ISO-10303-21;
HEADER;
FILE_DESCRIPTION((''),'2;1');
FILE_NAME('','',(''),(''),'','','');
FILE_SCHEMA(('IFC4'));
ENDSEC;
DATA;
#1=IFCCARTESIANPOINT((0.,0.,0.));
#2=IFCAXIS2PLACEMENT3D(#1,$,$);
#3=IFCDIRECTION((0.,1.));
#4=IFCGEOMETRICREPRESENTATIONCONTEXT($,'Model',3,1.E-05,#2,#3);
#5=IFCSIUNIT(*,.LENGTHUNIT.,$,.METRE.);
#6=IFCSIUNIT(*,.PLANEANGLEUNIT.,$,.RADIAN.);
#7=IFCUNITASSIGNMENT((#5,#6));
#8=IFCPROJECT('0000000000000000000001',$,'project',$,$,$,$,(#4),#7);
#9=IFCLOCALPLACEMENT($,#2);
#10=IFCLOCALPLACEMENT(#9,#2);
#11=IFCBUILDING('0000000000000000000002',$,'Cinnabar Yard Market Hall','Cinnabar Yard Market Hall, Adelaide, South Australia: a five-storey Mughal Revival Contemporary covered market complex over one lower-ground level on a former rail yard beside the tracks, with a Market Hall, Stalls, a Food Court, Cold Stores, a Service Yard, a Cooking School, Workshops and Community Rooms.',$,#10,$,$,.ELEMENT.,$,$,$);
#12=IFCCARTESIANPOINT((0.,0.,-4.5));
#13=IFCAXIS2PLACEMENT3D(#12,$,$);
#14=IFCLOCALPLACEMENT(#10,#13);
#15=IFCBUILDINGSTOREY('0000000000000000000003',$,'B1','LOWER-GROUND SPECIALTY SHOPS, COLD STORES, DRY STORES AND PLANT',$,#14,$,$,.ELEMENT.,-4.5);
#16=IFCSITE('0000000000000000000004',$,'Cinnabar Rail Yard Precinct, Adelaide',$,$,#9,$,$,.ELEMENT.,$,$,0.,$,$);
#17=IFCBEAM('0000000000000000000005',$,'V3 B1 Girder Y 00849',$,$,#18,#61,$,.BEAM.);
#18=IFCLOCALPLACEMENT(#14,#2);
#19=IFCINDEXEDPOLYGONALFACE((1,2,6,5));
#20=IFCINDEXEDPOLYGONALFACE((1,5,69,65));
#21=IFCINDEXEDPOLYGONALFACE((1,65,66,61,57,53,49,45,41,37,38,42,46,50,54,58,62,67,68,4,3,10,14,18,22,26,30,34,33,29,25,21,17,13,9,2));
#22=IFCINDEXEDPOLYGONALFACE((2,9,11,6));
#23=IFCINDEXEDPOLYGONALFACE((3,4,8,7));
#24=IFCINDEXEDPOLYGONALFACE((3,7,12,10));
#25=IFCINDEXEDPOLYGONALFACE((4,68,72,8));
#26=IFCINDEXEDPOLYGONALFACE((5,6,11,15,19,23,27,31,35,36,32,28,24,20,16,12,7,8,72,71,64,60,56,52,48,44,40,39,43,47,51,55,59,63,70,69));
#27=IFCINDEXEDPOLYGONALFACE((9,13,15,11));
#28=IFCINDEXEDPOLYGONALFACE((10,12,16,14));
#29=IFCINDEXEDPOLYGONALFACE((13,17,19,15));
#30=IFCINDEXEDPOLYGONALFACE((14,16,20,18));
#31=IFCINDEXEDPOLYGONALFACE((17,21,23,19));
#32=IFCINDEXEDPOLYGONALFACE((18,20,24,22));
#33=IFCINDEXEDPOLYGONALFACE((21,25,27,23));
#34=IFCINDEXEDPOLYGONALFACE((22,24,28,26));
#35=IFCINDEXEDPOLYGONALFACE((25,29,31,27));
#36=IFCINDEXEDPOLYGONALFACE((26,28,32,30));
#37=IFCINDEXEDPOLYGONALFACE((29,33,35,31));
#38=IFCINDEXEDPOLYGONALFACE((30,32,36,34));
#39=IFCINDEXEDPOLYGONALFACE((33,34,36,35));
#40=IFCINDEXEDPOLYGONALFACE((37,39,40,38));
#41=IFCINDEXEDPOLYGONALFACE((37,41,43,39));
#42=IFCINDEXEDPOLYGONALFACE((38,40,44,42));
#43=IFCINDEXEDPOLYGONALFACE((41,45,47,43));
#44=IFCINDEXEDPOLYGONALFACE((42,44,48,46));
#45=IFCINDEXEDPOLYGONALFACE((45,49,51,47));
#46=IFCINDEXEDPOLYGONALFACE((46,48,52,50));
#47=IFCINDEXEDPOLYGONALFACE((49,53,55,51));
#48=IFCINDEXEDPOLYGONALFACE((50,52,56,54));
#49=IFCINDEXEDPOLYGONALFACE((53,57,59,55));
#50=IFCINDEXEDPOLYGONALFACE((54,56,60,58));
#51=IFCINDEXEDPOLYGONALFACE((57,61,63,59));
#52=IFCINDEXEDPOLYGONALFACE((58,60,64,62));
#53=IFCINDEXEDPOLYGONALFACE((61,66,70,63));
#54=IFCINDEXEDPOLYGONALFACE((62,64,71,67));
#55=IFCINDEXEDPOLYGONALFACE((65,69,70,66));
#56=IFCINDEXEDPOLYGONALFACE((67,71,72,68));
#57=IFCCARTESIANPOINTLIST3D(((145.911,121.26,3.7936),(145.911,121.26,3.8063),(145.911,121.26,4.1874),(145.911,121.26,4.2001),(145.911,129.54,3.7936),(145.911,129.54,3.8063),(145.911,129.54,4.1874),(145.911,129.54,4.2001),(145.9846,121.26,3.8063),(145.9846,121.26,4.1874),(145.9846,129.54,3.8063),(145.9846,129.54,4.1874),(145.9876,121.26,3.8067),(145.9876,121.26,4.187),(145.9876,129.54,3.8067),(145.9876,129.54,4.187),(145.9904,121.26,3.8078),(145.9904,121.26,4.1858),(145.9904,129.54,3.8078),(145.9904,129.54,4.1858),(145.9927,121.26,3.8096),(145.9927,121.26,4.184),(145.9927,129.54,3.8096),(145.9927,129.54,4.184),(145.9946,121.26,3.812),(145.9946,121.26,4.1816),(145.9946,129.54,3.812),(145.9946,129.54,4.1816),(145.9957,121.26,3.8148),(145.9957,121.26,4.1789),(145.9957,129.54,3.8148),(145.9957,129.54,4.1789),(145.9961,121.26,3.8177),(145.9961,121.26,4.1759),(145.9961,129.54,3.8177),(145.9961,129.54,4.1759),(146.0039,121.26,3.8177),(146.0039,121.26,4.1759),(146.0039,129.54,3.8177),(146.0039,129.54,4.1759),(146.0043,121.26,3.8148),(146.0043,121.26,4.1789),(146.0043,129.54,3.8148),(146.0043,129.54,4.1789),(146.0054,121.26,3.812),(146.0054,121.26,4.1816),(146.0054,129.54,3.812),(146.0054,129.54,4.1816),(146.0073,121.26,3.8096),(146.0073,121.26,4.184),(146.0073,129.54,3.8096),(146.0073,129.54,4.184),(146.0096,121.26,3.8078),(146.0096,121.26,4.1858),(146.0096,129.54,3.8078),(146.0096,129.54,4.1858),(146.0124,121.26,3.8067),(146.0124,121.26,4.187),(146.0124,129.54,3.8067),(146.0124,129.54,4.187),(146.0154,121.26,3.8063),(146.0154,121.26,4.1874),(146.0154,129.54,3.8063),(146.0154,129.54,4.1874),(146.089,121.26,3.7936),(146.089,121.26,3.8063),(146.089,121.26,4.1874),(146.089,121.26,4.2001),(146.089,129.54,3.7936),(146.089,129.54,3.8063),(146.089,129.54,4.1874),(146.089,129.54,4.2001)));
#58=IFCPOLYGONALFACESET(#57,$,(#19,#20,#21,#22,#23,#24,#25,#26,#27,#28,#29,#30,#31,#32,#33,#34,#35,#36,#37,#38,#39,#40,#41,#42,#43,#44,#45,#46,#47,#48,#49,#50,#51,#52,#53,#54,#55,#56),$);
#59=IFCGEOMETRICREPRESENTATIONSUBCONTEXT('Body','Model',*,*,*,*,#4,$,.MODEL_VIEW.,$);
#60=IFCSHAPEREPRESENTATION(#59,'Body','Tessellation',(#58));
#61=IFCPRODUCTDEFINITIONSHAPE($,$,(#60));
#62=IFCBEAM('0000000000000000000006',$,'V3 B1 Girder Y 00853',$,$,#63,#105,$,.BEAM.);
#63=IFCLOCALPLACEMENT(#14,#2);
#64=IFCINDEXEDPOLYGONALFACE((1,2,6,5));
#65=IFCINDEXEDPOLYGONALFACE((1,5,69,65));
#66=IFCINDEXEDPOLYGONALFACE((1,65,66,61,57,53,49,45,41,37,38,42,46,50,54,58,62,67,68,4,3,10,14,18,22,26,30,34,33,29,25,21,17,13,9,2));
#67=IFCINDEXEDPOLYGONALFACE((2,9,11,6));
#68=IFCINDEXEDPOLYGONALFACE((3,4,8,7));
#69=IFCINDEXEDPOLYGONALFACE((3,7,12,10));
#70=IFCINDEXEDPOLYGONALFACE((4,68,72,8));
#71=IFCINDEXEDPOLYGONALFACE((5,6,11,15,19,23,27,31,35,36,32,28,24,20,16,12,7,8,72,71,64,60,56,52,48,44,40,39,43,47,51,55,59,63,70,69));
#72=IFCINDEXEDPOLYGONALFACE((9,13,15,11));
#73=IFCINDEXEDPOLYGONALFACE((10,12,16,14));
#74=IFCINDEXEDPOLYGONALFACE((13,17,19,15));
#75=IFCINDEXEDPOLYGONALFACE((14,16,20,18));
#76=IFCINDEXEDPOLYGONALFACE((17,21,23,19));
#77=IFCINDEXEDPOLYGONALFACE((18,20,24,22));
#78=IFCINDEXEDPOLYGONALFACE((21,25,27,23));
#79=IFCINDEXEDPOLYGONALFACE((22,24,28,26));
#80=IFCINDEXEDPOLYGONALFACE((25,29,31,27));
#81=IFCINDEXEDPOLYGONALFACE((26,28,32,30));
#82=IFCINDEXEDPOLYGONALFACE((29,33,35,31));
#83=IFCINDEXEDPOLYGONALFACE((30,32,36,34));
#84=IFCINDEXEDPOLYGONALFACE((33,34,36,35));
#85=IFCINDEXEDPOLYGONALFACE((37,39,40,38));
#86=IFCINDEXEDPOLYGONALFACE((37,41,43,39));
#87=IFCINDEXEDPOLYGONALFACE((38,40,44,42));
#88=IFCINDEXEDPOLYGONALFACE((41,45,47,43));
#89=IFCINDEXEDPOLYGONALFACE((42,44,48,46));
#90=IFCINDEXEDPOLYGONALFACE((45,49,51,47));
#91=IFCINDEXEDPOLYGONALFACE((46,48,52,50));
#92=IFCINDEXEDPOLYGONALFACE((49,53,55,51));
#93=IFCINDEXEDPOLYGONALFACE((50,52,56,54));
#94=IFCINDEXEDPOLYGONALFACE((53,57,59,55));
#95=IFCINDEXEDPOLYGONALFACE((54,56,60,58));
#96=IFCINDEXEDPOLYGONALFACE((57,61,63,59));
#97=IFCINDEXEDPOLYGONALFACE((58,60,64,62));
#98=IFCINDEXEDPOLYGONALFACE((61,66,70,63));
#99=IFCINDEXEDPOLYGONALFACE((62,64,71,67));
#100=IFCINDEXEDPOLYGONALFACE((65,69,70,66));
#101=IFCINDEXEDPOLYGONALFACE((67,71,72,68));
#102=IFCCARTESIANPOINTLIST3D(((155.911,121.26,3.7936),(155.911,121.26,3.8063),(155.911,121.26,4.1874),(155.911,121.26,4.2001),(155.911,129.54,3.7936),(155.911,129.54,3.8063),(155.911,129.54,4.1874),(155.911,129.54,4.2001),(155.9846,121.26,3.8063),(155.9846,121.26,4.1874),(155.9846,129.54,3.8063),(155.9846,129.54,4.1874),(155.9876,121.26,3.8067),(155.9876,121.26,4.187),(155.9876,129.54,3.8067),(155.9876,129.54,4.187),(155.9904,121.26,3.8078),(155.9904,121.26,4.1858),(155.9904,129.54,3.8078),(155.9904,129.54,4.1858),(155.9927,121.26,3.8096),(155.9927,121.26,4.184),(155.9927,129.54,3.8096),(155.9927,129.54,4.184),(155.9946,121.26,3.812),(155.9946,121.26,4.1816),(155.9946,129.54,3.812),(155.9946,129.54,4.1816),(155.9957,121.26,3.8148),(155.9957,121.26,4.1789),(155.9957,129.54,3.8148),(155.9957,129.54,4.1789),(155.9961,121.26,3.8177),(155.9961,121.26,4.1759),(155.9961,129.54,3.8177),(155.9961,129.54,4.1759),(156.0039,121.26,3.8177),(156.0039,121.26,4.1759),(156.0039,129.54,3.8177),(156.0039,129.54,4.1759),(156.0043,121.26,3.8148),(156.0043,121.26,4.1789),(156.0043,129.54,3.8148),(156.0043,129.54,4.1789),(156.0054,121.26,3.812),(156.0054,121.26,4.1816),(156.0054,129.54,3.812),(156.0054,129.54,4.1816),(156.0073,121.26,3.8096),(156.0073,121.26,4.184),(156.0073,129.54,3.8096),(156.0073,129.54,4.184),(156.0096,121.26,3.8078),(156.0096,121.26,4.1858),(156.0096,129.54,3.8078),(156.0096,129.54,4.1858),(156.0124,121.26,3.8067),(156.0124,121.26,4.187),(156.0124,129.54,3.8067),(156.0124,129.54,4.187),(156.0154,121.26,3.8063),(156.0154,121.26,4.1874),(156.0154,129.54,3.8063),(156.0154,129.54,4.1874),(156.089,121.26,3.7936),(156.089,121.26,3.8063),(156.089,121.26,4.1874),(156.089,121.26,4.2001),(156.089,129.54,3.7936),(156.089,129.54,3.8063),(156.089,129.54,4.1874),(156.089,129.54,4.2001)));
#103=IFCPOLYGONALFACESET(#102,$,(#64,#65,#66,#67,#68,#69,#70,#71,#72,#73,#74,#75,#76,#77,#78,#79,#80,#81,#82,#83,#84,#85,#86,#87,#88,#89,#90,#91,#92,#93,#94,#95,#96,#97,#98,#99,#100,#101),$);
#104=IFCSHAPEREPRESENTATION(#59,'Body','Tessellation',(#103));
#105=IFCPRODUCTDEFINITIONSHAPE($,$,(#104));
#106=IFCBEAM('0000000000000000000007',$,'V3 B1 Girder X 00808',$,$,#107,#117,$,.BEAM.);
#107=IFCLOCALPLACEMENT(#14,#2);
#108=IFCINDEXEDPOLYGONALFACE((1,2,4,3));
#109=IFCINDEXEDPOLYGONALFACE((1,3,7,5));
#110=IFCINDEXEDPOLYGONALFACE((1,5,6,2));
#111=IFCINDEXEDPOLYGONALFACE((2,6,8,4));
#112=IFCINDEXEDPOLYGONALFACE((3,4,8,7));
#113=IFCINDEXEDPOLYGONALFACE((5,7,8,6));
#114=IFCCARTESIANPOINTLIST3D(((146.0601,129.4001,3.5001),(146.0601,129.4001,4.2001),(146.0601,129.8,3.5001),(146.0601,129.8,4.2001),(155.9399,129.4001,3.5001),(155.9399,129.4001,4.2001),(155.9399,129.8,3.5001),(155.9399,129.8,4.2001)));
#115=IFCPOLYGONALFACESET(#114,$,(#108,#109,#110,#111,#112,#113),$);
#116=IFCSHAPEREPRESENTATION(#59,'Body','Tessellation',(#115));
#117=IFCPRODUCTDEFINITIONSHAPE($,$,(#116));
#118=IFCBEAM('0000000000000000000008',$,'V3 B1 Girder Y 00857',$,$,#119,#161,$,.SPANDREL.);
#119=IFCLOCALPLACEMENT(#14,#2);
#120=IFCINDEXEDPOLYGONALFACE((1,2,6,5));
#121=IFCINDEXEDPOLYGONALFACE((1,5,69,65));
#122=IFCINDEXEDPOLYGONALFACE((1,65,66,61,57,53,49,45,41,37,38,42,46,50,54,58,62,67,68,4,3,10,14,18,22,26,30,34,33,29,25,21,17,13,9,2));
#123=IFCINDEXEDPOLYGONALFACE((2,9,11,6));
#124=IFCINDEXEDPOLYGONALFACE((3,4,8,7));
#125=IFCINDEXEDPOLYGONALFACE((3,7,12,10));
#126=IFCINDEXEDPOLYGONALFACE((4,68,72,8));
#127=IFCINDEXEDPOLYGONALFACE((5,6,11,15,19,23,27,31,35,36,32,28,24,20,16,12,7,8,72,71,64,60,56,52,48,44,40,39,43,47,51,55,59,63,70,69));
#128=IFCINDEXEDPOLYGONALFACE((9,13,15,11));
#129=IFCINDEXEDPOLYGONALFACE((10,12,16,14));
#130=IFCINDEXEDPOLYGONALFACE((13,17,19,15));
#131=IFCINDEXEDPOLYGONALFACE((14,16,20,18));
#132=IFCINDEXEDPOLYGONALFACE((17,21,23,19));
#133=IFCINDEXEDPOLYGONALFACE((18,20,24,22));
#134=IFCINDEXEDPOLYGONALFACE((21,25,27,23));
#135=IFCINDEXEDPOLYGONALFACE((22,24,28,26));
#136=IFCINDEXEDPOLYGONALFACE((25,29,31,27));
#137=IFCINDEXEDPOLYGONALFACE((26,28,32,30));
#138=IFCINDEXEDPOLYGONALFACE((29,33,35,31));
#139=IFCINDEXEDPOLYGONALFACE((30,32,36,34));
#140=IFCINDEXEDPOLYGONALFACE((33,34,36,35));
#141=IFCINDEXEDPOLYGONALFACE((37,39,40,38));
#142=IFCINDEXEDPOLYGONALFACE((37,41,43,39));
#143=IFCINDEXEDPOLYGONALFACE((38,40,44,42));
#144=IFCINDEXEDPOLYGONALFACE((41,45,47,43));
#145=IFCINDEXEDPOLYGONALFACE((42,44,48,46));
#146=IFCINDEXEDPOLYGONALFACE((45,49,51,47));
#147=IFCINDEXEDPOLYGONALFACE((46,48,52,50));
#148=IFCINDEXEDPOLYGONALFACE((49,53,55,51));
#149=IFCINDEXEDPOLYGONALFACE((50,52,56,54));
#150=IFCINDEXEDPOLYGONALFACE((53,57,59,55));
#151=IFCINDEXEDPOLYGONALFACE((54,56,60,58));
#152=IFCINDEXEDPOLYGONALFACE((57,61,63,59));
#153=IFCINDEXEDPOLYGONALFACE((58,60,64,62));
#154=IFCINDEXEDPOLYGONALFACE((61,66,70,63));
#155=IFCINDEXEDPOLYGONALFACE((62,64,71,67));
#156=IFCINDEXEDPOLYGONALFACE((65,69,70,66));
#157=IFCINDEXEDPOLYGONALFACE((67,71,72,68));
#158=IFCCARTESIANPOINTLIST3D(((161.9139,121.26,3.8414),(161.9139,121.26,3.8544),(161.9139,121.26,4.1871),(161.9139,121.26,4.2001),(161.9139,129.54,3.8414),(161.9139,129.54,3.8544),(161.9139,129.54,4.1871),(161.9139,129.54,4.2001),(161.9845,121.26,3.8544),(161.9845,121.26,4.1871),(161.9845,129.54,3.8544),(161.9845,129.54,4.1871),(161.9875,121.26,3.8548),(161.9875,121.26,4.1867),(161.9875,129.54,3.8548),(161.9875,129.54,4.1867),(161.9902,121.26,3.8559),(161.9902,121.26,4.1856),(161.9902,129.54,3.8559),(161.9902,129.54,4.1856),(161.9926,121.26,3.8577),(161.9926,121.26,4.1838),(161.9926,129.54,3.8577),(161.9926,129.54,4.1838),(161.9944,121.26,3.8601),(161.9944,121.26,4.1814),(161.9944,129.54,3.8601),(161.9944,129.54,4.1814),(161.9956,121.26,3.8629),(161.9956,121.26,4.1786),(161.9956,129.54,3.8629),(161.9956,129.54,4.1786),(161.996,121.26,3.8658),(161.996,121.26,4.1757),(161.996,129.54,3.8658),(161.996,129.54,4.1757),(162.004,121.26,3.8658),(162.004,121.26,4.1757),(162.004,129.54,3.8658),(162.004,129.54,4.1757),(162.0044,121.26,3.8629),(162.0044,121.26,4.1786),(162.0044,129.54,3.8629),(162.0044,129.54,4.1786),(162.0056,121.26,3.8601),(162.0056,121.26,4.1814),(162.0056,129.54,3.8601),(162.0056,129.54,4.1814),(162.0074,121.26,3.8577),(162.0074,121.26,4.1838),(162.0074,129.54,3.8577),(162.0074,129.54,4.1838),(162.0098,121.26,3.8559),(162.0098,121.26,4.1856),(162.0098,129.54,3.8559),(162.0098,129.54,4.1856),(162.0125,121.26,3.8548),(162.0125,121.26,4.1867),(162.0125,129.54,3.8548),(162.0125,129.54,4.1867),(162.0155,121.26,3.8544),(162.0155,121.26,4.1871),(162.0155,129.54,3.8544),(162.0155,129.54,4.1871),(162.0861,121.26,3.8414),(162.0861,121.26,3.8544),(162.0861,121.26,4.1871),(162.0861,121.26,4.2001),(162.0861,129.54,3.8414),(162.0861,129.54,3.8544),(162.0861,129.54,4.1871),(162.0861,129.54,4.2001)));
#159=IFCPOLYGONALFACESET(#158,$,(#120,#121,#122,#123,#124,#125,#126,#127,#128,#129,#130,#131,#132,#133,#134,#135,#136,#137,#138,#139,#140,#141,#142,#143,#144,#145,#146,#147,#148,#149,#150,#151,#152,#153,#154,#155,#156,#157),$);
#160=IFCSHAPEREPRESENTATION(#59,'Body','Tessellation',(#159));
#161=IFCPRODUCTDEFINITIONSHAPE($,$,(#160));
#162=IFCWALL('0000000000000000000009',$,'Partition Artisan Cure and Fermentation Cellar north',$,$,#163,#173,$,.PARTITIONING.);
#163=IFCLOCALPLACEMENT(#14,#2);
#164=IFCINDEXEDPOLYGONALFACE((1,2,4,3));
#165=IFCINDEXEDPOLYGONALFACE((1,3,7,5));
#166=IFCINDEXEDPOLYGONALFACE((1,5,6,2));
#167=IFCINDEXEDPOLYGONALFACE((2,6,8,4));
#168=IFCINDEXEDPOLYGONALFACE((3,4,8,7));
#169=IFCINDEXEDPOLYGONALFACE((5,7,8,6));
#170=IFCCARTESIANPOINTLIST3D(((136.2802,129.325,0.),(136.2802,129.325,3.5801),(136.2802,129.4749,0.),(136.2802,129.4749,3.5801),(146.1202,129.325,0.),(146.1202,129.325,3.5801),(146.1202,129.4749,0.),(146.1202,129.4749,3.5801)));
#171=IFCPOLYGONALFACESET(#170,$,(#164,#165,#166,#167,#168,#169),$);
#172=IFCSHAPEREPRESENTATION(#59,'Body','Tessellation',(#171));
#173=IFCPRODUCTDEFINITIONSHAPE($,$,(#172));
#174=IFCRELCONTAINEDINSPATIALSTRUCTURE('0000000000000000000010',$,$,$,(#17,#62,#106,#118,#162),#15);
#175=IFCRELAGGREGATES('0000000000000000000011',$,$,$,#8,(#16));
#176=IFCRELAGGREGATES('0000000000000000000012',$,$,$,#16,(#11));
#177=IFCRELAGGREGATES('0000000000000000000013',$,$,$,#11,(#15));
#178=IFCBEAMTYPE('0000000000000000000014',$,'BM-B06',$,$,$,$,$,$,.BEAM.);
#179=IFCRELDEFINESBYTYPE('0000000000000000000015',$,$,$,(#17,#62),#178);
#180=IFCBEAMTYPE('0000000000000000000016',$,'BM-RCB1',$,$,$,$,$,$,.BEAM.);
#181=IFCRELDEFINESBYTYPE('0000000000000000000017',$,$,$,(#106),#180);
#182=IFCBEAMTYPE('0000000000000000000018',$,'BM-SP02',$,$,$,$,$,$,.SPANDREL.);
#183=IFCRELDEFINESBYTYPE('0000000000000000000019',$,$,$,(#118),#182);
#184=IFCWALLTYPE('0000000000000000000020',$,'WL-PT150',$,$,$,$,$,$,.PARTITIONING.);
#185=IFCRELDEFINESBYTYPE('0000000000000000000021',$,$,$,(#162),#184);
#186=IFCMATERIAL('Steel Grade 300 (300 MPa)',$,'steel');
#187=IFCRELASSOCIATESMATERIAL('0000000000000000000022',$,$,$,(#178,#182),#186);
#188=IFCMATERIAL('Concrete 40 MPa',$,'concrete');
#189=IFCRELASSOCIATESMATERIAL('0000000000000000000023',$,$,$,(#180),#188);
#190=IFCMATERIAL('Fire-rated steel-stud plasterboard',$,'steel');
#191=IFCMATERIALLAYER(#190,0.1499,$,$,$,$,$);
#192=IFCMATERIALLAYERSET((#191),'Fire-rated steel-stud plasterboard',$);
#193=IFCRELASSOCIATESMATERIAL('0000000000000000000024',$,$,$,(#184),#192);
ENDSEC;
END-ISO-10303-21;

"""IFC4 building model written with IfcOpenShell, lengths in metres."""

from ifc_helpers import new_model, si_unit, direction, frame, frame_2d, origin, origin_2d_with_axis, place, context, subcontext, project, spatial, rectangle, i_section, extrude, material, layer, layer_set, material_profile, profile_set, type_object, element, save


model = new_model("IFC4")

# Units and contexts
model_context = context("Model", 3, precision=1e-05, world=origin(), true_north=direction((0.0, 1.0)))
body_context = subcontext(model_context, "Body", "Model", "MODEL_VIEW")
ifc_project = project(units=[si_unit("LENGTHUNIT", "METRE"), si_unit("PLANEANGLEUNIT", "RADIAN")], contexts=[model_context])

# Site, building, storey
site_placement = place(None, origin())
site = spatial("IfcSite", under=ifc_project, at=site_placement, Name="Cinnabar Rail Yard Precinct, Adelaide", CompositionType="ELEMENT", RefElevation=0.0)
building_placement = place(site_placement, origin())
building = spatial("IfcBuilding", under=site, at=building_placement, Name="Cinnabar Yard Market Hall", Description="Cinnabar Yard Market Hall, Adelaide, South Australia: a five-storey Mughal Revival Contemporary covered market complex over one lower-ground level on a former rail yard beside the tracks, with a Market Hall, Stalls, a Food Court, Cold Stores, a Service Yard, a Cooking School, Workshops and Community Rooms.", CompositionType="ELEMENT")
storey_placement = place(building_placement, frame((0.0, 0.0, -4.5)))
storey = spatial("IfcBuildingStorey", under=building, at=storey_placement, Name="B1", Description="LOWER-GROUND SPECIALTY SHOPS, COLD STORES, DRY STORES AND PLANT", CompositionType="ELEMENT", Elevation=-4.5)

# Shared definitions
ifc_material_1 = material(Name="Concrete 40 MPa", Category="concrete")

# Shared definitions
ifc_material_2 = material(Name="Steel Grade 300 (300 MPa)", Category="steel")

# Beams
ifc_material_profile_1 = material_profile(ifc_material_2, i_section(OverallWidth=0.178, OverallDepth=0.4065, WebThickness=0.0078, FlangeThickness=0.0127, FilletRadius=0.0115, at=origin_2d_with_axis()), Name="410UB59.7")
ifc_profile_set_1 = profile_set([ifc_material_profile_1], Name="Steel Grade 300 (300 MPa)")
beam_type_1 = type_object("IfcBeamType", Name="BM-B06", PredefinedType="BEAM", material=ifc_profile_set_1)
for number, where, z_axis, x_axis, name in (
    (1, (146.0, 121.26, 3.9968), (0.0, 1.0, 0.0), (-1.0, 0.0, 0.0), "V3 B1 Girder Y 00849"),
    (2, (156.0, 121.26, 3.9968), (0.0, 1.0, 0.0), (-1.0, 0.0, 0.0), "V3 B1 Girder Y 00853"),
):
    element("IfcBeam", number, at=place(storey_placement, frame(where, z_axis=z_axis, x_axis=x_axis)), inside=storey, type_object=beam_type_1, Name=name, PredefinedType="BEAM", context=body_context, shape_type="SweptSolid", body=[
        extrude(i_section(OverallWidth=0.178, OverallDepth=0.4065, WebThickness=0.0078, FlangeThickness=0.0127, FilletRadius=0.0115, at=origin_2d_with_axis()), origin(), (0.0, 0.0, 1.0), 8.28),
    ])
ifc_material_profile_2 = material_profile(ifc_material_1, rectangle(XDim=0.3999, YDim=0.7, at=origin_2d_with_axis()), Name="RCB-400x700")
ifc_profile_set_2 = profile_set([ifc_material_profile_2], Name="Concrete 40 MPa")
beam_type_2 = type_object("IfcBeamType", Name="BM-RCB1", PredefinedType="BEAM", material=ifc_profile_set_2)
beam_1_placement = place(storey_placement, frame((146.0601, 129.6001, 3.8501), z_axis=(1.0, 0.0, 0.0), x_axis=(0.0, 1.0, 0.0)))
element("IfcBeam", 3, at=beam_1_placement, inside=storey, type_object=beam_type_2, Name="V3 B1 Girder X 00808", PredefinedType="BEAM", context=body_context, shape_type="SweptSolid", body=[
    extrude(rectangle(XDim=0.3999, YDim=0.7, at=origin_2d_with_axis()), origin(), (0.0, 0.0, 1.0), 9.8799),
])
ifc_material_profile_3 = material_profile(ifc_material_2, i_section(OverallWidth=0.1721, OverallDepth=0.3586, WebThickness=0.0081, FlangeThickness=0.0129, FilletRadius=0.0115, at=origin_2d_with_axis()), Name="360UB56.7")
ifc_profile_set_3 = profile_set([ifc_material_profile_3], Name="Steel Grade 300 (300 MPa)")
beam_type_3 = type_object("IfcBeamType", Name="BM-SP02", PredefinedType="SPANDREL", material=ifc_profile_set_3)
beam_2_placement = place(storey_placement, frame((162.0, 121.26, 4.0208), z_axis=(0.0, 1.0, 0.0), x_axis=(-1.0, 0.0, 0.0)))
element("IfcBeam", 4, at=beam_2_placement, inside=storey, type_object=beam_type_3, Name="V3 B1 Girder Y 00857", PredefinedType="SPANDREL", context=body_context, shape_type="SweptSolid", body=[
    extrude(i_section(OverallWidth=0.1721, OverallDepth=0.3586, WebThickness=0.0081, FlangeThickness=0.0129, FilletRadius=0.0115, at=origin_2d_with_axis()), origin(), (0.0, 0.0, 1.0), 8.28),
])

# Wall
ifc_material_3 = material(Name="Fire-rated steel-stud plasterboard", Category="steel")
ifc_layer_1 = layer(ifc_material_3, 0.1499)
ifc_layer_set_1 = layer_set([ifc_layer_1], Name="Fire-rated steel-stud plasterboard")
wall_type = type_object("IfcWallType", Name="WL-PT150", PredefinedType="PARTITIONING", material=ifc_layer_set_1)
wall_placement = place(storey_placement, frame((146.1201, 129.3999, 0.0), z_axis=(0.0, 0.0, 1.0), x_axis=(-1.0, 0.0, 0.0)))
element("IfcWall", 5, at=wall_placement, inside=storey, type_object=wall_type, Name="Partition Artisan Cure and Fermentation Cellar north", PredefinedType="PARTITIONING", context=body_context, shape_type="SweptSolid", body=[
    extrude(rectangle(XDim=9.8401, YDim=0.1499, at=frame_2d((4.9199, 0.0), x_axis=(1.0, 0.0))), origin(), (0.0, 0.0, 1.0), 3.5801),
])

save(model, "model.ifc")
